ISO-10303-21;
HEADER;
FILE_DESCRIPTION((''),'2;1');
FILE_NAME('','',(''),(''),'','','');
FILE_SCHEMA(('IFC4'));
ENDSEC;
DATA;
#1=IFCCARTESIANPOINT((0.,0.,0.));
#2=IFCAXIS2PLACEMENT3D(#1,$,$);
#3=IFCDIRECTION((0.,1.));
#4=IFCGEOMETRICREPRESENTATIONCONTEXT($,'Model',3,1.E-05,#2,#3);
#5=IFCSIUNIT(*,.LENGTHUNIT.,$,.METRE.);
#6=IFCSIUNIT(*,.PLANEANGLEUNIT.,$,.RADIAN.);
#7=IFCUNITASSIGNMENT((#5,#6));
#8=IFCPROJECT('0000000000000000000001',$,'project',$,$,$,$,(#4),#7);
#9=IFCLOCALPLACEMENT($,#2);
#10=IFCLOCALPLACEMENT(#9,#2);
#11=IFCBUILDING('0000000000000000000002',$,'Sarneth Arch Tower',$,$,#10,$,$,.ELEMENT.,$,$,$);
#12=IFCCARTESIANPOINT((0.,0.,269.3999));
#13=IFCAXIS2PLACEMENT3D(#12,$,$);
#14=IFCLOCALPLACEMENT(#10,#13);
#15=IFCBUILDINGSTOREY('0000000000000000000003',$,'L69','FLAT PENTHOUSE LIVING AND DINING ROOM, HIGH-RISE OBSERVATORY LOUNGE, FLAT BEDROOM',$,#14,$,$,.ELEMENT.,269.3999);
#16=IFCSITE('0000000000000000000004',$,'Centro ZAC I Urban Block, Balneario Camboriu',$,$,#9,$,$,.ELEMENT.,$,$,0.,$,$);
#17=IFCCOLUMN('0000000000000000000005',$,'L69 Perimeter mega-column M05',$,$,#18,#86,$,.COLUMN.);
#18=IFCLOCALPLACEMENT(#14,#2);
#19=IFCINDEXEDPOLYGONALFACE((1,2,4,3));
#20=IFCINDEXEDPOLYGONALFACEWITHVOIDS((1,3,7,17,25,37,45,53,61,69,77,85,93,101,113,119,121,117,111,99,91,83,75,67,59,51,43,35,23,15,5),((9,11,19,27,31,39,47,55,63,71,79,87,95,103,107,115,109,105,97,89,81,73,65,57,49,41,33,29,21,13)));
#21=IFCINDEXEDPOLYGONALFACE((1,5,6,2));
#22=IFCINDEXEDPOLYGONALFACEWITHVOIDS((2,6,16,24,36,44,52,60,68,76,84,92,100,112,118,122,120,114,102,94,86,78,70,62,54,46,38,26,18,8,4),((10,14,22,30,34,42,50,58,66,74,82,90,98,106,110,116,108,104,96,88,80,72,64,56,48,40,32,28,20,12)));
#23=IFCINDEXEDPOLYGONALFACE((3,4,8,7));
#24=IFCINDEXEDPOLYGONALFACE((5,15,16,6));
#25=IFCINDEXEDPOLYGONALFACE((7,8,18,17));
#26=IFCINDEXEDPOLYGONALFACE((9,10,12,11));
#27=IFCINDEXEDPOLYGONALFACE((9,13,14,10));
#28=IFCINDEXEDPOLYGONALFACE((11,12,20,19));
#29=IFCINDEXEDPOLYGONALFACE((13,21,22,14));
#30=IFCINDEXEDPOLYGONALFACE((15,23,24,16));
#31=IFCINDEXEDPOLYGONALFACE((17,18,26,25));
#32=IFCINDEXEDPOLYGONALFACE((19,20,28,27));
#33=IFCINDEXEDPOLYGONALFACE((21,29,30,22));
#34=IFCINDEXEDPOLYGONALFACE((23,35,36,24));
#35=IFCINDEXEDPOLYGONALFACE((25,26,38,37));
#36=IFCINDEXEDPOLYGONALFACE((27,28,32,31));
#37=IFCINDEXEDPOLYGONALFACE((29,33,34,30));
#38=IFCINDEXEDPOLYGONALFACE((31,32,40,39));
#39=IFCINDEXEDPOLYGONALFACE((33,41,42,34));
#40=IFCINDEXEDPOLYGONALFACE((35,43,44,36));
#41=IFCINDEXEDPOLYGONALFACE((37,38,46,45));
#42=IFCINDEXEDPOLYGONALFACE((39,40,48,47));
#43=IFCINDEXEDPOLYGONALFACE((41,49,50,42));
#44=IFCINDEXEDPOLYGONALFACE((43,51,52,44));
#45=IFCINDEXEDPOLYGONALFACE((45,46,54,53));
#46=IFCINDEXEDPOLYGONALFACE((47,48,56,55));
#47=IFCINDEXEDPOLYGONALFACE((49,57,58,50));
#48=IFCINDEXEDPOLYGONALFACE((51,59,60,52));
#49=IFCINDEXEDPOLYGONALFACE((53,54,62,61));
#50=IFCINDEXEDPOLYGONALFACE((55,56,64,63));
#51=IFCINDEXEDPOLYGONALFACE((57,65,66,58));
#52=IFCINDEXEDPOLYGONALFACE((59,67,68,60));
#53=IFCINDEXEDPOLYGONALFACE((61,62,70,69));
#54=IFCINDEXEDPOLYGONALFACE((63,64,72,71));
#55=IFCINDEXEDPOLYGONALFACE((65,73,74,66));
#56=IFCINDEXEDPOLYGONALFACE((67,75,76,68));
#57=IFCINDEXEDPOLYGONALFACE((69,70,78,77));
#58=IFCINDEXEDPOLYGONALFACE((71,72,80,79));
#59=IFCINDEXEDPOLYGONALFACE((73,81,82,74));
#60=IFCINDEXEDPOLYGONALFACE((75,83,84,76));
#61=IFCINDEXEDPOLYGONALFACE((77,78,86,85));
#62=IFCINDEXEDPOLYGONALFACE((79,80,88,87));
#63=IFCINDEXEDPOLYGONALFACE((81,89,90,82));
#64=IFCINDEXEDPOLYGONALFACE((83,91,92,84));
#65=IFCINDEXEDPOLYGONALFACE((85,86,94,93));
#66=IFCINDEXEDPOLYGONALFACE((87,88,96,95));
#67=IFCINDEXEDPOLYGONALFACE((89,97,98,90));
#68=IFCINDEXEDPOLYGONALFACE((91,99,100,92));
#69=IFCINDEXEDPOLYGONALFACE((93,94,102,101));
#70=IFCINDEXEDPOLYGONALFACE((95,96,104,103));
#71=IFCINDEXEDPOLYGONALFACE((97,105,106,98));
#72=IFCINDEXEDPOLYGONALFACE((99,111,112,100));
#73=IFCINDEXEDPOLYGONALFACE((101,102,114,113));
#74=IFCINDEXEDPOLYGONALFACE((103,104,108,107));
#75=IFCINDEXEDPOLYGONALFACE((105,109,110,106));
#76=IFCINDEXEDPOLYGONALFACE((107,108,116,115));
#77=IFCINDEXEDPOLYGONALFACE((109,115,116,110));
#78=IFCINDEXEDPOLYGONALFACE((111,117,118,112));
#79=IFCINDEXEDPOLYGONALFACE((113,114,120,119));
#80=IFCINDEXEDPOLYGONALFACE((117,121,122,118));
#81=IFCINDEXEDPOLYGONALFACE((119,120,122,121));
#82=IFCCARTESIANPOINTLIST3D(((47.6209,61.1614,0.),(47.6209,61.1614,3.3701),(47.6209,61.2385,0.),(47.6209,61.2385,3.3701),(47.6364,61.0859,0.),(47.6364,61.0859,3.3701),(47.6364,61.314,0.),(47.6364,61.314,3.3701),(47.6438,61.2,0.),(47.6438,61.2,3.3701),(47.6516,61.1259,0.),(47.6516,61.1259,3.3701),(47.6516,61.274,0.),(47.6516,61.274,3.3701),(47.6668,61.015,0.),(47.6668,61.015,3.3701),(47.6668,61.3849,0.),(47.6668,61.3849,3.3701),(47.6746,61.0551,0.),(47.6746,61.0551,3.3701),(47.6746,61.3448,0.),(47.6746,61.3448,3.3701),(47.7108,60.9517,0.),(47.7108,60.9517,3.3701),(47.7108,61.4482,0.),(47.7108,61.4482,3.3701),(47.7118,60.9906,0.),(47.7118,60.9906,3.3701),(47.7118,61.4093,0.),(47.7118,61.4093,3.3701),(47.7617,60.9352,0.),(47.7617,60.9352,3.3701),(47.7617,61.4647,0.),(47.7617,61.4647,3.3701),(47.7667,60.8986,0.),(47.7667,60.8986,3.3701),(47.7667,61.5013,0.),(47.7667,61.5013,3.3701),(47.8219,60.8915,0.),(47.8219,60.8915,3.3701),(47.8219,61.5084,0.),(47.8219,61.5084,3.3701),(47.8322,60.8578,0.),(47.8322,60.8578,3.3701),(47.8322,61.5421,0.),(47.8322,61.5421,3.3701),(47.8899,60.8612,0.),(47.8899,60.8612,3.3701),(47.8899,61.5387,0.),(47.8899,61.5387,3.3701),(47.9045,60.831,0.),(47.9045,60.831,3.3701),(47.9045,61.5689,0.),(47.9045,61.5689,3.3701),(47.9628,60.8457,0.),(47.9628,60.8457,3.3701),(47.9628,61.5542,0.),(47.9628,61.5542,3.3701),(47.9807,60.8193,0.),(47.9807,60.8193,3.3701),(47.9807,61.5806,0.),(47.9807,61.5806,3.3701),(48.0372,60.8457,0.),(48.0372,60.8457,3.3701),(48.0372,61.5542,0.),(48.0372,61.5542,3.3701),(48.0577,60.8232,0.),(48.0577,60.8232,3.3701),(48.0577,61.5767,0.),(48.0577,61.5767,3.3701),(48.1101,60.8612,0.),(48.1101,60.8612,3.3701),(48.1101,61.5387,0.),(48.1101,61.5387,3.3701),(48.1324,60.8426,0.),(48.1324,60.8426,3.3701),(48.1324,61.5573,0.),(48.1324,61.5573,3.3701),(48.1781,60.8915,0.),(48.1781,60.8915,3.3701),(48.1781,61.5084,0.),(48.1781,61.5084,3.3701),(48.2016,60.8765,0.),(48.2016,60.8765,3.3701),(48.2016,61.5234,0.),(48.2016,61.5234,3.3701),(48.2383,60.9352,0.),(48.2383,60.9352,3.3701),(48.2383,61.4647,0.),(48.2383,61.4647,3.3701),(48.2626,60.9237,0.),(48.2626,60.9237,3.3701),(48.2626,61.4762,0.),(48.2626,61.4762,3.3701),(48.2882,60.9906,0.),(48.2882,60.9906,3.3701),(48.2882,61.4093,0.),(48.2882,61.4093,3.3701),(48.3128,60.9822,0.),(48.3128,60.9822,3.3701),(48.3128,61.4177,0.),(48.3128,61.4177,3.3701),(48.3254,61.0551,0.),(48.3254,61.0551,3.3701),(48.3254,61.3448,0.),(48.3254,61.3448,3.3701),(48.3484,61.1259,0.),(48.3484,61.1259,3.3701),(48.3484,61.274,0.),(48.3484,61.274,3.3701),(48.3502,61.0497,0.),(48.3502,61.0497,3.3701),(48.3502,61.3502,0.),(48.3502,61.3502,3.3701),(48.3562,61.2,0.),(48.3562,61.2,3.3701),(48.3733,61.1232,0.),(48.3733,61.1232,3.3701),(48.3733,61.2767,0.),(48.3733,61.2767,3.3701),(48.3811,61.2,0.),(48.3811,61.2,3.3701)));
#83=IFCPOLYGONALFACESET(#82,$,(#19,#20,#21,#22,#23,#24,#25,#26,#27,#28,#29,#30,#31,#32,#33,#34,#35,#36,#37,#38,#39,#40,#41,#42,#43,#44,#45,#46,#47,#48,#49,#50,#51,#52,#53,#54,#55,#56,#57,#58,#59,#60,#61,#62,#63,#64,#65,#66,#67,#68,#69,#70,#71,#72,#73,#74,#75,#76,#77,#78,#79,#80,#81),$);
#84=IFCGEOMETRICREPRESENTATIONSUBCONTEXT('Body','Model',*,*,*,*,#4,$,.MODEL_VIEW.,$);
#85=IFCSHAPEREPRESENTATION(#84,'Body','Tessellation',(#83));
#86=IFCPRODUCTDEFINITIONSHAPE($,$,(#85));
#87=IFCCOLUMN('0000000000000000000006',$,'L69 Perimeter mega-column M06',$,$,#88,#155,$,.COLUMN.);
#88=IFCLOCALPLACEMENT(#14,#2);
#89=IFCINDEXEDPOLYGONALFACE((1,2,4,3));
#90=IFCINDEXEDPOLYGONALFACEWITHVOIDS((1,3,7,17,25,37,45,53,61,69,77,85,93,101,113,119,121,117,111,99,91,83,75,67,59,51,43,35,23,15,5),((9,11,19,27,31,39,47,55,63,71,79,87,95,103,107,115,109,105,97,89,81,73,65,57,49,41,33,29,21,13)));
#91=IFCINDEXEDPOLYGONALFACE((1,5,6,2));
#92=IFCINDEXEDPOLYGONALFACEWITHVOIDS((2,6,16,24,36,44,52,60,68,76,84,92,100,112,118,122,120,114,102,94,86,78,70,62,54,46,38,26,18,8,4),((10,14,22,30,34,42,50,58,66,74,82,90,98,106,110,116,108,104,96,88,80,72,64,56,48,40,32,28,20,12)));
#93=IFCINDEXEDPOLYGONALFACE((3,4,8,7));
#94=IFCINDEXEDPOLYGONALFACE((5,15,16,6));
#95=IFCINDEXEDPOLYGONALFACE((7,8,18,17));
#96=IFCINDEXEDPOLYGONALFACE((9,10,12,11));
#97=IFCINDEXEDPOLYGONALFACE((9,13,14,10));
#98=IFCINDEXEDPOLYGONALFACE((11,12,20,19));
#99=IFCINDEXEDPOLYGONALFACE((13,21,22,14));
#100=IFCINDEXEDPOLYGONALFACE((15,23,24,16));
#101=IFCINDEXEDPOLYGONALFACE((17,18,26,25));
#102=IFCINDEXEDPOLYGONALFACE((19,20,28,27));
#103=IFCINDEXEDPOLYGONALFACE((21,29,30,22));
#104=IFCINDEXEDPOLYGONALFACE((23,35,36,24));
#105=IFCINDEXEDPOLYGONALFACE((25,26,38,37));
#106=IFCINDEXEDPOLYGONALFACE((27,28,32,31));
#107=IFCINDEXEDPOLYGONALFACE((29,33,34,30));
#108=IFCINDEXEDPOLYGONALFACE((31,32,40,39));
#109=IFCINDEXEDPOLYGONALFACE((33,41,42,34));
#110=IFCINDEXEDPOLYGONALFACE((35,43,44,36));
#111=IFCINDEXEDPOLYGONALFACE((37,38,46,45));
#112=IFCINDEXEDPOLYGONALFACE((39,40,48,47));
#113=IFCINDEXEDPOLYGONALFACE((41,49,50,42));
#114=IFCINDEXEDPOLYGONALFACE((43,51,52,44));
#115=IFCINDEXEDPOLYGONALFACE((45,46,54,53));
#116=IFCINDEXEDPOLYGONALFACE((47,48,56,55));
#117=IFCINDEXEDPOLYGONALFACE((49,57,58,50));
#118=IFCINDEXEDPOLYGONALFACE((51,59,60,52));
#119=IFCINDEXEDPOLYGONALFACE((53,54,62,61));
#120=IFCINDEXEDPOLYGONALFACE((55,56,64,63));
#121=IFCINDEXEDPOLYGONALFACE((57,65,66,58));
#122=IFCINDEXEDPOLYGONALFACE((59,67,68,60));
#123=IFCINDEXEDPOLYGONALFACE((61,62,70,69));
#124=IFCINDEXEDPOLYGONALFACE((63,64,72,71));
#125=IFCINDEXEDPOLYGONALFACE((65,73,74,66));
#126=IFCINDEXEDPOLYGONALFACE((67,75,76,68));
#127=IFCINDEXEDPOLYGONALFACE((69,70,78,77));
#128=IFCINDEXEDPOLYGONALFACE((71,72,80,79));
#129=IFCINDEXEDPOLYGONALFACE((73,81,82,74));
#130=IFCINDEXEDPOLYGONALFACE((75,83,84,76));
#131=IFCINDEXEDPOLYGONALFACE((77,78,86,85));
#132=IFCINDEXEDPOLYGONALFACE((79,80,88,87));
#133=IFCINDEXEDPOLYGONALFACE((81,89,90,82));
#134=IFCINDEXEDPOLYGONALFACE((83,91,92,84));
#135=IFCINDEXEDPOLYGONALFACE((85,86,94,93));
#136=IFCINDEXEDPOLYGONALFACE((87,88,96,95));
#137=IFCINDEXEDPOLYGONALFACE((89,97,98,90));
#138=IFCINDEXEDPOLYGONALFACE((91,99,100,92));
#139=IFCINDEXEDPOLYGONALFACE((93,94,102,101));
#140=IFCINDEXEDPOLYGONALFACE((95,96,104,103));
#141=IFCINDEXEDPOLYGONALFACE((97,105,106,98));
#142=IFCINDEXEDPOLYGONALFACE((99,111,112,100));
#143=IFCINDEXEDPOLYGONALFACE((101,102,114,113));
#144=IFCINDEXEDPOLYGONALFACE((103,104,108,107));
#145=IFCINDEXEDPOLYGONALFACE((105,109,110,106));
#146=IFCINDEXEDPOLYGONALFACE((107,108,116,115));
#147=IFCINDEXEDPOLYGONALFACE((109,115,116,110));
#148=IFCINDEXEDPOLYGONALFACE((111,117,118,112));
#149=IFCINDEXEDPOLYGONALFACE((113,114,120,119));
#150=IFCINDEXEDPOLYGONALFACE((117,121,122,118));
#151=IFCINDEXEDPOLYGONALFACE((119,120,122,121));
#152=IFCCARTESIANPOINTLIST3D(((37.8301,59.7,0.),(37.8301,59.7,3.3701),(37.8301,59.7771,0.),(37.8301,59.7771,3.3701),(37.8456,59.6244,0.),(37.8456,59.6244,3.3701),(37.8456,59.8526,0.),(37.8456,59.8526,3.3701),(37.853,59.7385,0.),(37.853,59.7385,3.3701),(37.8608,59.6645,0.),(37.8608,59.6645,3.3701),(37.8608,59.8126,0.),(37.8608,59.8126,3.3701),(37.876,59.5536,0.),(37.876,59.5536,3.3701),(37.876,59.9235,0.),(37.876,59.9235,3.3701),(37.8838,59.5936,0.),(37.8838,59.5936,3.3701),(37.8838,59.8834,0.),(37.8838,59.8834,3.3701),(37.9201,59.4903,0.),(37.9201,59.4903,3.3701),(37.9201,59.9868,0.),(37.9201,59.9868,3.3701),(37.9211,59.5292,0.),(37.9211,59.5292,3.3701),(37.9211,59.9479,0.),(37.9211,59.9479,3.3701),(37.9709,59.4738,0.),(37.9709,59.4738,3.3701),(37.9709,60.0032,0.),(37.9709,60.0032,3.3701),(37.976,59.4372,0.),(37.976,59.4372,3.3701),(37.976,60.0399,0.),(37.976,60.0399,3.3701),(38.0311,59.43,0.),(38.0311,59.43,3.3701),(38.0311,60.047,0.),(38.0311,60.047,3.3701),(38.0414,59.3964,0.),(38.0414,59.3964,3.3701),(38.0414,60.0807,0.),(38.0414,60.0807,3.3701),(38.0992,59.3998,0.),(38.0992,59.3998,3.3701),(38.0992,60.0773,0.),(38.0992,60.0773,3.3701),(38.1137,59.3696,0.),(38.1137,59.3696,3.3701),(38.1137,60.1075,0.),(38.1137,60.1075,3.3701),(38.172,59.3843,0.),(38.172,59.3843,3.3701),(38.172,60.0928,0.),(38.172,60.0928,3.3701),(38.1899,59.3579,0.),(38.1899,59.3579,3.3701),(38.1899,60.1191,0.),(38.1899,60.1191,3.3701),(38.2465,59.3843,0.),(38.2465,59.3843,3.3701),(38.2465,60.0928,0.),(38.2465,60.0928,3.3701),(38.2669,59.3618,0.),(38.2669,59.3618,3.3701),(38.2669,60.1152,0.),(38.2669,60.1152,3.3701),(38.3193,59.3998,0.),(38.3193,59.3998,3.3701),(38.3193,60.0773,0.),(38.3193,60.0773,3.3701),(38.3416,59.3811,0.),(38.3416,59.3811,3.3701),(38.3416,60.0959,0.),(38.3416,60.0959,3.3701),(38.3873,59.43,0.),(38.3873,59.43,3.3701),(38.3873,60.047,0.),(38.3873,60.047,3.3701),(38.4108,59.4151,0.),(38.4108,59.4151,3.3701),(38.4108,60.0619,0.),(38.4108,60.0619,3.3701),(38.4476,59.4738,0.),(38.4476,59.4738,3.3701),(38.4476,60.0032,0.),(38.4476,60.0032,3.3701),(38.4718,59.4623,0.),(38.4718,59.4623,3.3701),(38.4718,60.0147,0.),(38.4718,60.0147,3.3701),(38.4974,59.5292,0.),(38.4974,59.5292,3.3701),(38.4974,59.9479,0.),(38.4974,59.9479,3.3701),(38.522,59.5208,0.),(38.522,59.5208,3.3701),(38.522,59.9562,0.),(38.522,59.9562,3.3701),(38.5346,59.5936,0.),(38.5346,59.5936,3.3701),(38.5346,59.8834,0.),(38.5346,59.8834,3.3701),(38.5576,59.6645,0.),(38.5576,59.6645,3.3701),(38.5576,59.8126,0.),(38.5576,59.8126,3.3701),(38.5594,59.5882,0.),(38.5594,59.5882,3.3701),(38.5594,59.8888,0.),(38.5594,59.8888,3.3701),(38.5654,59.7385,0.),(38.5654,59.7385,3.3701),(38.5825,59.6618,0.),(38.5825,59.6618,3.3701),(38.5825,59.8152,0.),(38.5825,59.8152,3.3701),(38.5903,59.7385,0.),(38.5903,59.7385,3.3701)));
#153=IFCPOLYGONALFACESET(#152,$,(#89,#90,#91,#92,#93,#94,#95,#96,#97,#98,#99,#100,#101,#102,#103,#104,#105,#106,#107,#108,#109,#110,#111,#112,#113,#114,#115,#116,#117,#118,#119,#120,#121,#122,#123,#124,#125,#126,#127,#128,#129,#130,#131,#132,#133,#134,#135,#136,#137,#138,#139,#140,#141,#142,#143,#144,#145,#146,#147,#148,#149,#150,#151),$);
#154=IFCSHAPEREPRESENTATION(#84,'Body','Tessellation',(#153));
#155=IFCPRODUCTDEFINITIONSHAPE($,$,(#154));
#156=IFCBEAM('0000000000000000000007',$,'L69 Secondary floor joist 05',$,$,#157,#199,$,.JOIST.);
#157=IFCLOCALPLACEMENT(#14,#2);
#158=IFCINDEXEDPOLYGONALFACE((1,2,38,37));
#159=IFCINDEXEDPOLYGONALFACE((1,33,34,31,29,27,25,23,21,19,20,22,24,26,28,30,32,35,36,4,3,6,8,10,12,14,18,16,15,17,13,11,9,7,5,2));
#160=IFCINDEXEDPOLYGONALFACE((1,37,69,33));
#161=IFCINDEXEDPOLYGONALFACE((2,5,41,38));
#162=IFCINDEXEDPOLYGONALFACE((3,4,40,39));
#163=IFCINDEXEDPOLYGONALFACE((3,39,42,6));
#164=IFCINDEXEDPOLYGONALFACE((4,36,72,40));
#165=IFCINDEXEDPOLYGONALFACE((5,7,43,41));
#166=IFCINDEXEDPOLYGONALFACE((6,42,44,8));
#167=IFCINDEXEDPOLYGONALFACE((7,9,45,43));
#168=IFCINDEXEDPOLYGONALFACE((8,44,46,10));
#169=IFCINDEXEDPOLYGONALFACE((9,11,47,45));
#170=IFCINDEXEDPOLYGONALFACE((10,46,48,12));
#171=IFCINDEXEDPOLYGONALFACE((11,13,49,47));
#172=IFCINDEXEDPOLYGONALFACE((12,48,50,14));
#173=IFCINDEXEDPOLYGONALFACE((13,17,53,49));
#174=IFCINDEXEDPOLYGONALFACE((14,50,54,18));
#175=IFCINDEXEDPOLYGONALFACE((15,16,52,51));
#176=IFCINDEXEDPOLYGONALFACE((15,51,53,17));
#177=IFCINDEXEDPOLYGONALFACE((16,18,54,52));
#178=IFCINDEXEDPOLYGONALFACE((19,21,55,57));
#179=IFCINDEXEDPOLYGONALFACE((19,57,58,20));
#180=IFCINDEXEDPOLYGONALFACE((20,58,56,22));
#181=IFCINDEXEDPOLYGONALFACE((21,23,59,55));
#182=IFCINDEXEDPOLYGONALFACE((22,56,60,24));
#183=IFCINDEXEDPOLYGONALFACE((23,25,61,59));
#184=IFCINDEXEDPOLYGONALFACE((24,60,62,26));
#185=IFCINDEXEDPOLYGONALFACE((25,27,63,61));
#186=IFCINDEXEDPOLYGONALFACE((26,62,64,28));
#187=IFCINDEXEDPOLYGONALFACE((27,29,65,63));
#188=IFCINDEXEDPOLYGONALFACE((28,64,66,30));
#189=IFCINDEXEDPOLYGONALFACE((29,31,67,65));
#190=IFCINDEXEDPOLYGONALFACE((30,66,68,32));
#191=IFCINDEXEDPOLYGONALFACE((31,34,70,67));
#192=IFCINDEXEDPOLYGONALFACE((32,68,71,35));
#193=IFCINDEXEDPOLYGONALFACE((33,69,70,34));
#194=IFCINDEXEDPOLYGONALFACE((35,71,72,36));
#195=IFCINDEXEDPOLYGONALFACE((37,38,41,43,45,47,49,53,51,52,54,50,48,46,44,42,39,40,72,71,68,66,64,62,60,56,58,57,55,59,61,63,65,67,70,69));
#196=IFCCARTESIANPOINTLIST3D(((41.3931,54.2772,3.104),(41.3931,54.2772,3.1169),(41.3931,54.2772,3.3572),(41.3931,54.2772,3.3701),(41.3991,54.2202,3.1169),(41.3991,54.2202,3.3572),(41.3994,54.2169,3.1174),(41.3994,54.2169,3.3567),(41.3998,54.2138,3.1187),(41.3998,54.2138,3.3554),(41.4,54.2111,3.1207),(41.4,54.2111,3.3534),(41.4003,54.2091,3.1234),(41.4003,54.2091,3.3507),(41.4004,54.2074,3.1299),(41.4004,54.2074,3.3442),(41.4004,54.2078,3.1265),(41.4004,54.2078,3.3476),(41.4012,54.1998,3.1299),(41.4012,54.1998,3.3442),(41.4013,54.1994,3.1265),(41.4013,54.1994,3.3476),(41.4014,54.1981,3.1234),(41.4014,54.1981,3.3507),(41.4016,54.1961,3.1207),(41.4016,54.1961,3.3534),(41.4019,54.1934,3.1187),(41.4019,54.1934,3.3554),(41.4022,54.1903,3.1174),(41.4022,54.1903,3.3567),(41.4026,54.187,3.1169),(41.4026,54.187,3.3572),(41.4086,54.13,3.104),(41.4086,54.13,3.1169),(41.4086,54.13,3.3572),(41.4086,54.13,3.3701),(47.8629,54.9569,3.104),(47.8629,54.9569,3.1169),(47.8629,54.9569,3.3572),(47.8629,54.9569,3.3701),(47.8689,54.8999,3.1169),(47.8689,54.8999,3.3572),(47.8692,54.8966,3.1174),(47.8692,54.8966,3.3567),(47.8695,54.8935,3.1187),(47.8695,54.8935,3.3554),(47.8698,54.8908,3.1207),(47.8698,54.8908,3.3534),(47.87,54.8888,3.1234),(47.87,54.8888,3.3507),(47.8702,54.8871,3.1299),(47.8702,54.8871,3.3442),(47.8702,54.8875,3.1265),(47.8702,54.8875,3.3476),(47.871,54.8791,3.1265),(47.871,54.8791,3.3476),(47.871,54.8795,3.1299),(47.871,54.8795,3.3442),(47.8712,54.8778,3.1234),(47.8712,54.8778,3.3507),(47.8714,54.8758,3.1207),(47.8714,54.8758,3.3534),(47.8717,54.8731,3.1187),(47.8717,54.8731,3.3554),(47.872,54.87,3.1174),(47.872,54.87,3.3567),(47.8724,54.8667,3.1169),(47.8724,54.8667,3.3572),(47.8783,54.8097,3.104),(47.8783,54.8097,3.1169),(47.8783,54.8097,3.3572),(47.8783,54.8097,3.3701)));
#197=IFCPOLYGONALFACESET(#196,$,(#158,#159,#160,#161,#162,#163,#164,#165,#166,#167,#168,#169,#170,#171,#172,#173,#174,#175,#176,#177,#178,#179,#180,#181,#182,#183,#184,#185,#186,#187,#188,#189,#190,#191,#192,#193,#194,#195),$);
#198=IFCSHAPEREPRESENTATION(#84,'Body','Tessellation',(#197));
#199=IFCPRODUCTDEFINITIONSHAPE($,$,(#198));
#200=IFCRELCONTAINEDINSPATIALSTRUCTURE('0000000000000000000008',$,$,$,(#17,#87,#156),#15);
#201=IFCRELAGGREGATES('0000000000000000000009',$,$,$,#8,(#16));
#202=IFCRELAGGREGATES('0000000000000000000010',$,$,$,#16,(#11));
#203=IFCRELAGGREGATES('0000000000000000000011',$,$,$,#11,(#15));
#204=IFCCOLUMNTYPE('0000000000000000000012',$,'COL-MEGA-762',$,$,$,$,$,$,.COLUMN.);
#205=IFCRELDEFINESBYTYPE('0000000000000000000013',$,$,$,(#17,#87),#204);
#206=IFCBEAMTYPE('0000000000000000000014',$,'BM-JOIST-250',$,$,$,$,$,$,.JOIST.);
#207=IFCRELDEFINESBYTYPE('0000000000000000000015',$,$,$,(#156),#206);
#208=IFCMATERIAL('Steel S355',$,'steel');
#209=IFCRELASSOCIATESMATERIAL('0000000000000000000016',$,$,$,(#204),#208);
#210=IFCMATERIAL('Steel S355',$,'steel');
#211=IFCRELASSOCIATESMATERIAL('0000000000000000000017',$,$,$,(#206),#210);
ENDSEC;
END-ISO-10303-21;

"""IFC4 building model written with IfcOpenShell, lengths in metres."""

from ifc_helpers import new_model, si_unit, direction, frame, origin, origin_2d, place, context, subcontext, project, spatial, hollow_circle, i_section, extrude, material, material_profile, profile_set, type_object, element, save


model = new_model("IFC4")

# Units and contexts
model_context = context("Model", 3, precision=1e-05, world=origin(), true_north=direction((0.0, 1.0)))
body_context = subcontext(model_context, "Body", "Model", "MODEL_VIEW")
ifc_project = project(units=[si_unit("LENGTHUNIT", "METRE"), si_unit("PLANEANGLEUNIT", "RADIAN")], contexts=[model_context])

# Site, building, storey
site_placement = place(None, origin())
site = spatial("IfcSite", under=ifc_project, at=site_placement, Name="Centro ZAC I Urban Block, Balneario Camboriu", CompositionType="ELEMENT", RefElevation=0.0)
building_placement = place(site_placement, origin())
building = spatial("IfcBuilding", under=site, at=building_placement, Name="Sarneth Arch Tower", CompositionType="ELEMENT")
storey_placement = place(building_placement, frame((0.0, 0.0, 269.3999)))
storey = spatial("IfcBuildingStorey", under=building, at=storey_placement, Name="L69", Description="FLAT PENTHOUSE LIVING AND DINING ROOM, HIGH-RISE OBSERVATORY LOUNGE, FLAT BEDROOM", CompositionType="ELEMENT", Elevation=269.3999)

# Columns
ifc_material_1 = material(Name="Steel S355", Category="steel")
ifc_material_profile_1 = material_profile(ifc_material_1, hollow_circle(Radius=0.3811, WallThickness=0.0249, at=origin_2d()), Name="CHS762x25")
ifc_profile_set_1 = profile_set([ifc_material_profile_1], Name="Steel S355")
column_type = type_object("IfcColumnType", Name="COL-MEGA-762", PredefinedType="COLUMN", material=ifc_profile_set_1)
for number, where, z_axis, x_axis, name in (
    (1, (48.0, 61.2, 0.0), (0.0, 0.0, 1.0), (1.0, 0.0, 0.0), "L69 Perimeter mega-column M05"),
    (2, (38.2092, 59.7385, 0.0), (0.0, 0.0, 1.0), (1.0, 0.0, 0.0), "L69 Perimeter mega-column M06"),
):
    element("IfcColumn", number, at=place(storey_placement, frame(where, z_axis=z_axis, x_axis=x_axis)), inside=storey, type_object=column_type, Name=name, PredefinedType="COLUMN", context=body_context, shape_type="SweptSolid", body=[
        extrude(hollow_circle(Radius=0.3811, WallThickness=0.0249, at=origin_2d()), origin(), (0.0, 0.0, 1.0), 3.3701),
    ])

# Beam
ifc_material_2 = material(Name="Steel S355", Category="steel")
ifc_material_profile_2 = material_profile(ifc_material_2, i_section(OverallWidth=0.1479, OverallDepth=0.2661, WebThickness=0.0076, FlangeThickness=0.0129, FilletRadius=0.0129, at=origin_2d()), Name="W250x44.8")
ifc_profile_set_2 = profile_set([ifc_material_profile_2], Name="Steel S355")
beam_type_1 = type_object("IfcBeamType", Name="BM-JOIST-250", PredefinedType="JOIST", material=ifc_profile_set_2)
beam_1_placement = place(storey_placement, frame((47.8706, 54.8833, 3.2371), z_axis=(-0.994527, -0.104482, 0.0), x_axis=(0.104482, -0.994527, 0.0)))
element("IfcBeam", 3, at=beam_1_placement, inside=storey, type_object=beam_type_1, Name="L69 Secondary floor joist 05", PredefinedType="JOIST", context=body_context, shape_type="SweptSolid", body=[
    extrude(i_section(OverallWidth=0.1479, OverallDepth=0.2661, WebThickness=0.0076, FlangeThickness=0.0129, FilletRadius=0.0129, at=origin_2d()), origin(), (0.0, 0.0, 1.0), 6.5054),
])

save(model, "model.ifc")
